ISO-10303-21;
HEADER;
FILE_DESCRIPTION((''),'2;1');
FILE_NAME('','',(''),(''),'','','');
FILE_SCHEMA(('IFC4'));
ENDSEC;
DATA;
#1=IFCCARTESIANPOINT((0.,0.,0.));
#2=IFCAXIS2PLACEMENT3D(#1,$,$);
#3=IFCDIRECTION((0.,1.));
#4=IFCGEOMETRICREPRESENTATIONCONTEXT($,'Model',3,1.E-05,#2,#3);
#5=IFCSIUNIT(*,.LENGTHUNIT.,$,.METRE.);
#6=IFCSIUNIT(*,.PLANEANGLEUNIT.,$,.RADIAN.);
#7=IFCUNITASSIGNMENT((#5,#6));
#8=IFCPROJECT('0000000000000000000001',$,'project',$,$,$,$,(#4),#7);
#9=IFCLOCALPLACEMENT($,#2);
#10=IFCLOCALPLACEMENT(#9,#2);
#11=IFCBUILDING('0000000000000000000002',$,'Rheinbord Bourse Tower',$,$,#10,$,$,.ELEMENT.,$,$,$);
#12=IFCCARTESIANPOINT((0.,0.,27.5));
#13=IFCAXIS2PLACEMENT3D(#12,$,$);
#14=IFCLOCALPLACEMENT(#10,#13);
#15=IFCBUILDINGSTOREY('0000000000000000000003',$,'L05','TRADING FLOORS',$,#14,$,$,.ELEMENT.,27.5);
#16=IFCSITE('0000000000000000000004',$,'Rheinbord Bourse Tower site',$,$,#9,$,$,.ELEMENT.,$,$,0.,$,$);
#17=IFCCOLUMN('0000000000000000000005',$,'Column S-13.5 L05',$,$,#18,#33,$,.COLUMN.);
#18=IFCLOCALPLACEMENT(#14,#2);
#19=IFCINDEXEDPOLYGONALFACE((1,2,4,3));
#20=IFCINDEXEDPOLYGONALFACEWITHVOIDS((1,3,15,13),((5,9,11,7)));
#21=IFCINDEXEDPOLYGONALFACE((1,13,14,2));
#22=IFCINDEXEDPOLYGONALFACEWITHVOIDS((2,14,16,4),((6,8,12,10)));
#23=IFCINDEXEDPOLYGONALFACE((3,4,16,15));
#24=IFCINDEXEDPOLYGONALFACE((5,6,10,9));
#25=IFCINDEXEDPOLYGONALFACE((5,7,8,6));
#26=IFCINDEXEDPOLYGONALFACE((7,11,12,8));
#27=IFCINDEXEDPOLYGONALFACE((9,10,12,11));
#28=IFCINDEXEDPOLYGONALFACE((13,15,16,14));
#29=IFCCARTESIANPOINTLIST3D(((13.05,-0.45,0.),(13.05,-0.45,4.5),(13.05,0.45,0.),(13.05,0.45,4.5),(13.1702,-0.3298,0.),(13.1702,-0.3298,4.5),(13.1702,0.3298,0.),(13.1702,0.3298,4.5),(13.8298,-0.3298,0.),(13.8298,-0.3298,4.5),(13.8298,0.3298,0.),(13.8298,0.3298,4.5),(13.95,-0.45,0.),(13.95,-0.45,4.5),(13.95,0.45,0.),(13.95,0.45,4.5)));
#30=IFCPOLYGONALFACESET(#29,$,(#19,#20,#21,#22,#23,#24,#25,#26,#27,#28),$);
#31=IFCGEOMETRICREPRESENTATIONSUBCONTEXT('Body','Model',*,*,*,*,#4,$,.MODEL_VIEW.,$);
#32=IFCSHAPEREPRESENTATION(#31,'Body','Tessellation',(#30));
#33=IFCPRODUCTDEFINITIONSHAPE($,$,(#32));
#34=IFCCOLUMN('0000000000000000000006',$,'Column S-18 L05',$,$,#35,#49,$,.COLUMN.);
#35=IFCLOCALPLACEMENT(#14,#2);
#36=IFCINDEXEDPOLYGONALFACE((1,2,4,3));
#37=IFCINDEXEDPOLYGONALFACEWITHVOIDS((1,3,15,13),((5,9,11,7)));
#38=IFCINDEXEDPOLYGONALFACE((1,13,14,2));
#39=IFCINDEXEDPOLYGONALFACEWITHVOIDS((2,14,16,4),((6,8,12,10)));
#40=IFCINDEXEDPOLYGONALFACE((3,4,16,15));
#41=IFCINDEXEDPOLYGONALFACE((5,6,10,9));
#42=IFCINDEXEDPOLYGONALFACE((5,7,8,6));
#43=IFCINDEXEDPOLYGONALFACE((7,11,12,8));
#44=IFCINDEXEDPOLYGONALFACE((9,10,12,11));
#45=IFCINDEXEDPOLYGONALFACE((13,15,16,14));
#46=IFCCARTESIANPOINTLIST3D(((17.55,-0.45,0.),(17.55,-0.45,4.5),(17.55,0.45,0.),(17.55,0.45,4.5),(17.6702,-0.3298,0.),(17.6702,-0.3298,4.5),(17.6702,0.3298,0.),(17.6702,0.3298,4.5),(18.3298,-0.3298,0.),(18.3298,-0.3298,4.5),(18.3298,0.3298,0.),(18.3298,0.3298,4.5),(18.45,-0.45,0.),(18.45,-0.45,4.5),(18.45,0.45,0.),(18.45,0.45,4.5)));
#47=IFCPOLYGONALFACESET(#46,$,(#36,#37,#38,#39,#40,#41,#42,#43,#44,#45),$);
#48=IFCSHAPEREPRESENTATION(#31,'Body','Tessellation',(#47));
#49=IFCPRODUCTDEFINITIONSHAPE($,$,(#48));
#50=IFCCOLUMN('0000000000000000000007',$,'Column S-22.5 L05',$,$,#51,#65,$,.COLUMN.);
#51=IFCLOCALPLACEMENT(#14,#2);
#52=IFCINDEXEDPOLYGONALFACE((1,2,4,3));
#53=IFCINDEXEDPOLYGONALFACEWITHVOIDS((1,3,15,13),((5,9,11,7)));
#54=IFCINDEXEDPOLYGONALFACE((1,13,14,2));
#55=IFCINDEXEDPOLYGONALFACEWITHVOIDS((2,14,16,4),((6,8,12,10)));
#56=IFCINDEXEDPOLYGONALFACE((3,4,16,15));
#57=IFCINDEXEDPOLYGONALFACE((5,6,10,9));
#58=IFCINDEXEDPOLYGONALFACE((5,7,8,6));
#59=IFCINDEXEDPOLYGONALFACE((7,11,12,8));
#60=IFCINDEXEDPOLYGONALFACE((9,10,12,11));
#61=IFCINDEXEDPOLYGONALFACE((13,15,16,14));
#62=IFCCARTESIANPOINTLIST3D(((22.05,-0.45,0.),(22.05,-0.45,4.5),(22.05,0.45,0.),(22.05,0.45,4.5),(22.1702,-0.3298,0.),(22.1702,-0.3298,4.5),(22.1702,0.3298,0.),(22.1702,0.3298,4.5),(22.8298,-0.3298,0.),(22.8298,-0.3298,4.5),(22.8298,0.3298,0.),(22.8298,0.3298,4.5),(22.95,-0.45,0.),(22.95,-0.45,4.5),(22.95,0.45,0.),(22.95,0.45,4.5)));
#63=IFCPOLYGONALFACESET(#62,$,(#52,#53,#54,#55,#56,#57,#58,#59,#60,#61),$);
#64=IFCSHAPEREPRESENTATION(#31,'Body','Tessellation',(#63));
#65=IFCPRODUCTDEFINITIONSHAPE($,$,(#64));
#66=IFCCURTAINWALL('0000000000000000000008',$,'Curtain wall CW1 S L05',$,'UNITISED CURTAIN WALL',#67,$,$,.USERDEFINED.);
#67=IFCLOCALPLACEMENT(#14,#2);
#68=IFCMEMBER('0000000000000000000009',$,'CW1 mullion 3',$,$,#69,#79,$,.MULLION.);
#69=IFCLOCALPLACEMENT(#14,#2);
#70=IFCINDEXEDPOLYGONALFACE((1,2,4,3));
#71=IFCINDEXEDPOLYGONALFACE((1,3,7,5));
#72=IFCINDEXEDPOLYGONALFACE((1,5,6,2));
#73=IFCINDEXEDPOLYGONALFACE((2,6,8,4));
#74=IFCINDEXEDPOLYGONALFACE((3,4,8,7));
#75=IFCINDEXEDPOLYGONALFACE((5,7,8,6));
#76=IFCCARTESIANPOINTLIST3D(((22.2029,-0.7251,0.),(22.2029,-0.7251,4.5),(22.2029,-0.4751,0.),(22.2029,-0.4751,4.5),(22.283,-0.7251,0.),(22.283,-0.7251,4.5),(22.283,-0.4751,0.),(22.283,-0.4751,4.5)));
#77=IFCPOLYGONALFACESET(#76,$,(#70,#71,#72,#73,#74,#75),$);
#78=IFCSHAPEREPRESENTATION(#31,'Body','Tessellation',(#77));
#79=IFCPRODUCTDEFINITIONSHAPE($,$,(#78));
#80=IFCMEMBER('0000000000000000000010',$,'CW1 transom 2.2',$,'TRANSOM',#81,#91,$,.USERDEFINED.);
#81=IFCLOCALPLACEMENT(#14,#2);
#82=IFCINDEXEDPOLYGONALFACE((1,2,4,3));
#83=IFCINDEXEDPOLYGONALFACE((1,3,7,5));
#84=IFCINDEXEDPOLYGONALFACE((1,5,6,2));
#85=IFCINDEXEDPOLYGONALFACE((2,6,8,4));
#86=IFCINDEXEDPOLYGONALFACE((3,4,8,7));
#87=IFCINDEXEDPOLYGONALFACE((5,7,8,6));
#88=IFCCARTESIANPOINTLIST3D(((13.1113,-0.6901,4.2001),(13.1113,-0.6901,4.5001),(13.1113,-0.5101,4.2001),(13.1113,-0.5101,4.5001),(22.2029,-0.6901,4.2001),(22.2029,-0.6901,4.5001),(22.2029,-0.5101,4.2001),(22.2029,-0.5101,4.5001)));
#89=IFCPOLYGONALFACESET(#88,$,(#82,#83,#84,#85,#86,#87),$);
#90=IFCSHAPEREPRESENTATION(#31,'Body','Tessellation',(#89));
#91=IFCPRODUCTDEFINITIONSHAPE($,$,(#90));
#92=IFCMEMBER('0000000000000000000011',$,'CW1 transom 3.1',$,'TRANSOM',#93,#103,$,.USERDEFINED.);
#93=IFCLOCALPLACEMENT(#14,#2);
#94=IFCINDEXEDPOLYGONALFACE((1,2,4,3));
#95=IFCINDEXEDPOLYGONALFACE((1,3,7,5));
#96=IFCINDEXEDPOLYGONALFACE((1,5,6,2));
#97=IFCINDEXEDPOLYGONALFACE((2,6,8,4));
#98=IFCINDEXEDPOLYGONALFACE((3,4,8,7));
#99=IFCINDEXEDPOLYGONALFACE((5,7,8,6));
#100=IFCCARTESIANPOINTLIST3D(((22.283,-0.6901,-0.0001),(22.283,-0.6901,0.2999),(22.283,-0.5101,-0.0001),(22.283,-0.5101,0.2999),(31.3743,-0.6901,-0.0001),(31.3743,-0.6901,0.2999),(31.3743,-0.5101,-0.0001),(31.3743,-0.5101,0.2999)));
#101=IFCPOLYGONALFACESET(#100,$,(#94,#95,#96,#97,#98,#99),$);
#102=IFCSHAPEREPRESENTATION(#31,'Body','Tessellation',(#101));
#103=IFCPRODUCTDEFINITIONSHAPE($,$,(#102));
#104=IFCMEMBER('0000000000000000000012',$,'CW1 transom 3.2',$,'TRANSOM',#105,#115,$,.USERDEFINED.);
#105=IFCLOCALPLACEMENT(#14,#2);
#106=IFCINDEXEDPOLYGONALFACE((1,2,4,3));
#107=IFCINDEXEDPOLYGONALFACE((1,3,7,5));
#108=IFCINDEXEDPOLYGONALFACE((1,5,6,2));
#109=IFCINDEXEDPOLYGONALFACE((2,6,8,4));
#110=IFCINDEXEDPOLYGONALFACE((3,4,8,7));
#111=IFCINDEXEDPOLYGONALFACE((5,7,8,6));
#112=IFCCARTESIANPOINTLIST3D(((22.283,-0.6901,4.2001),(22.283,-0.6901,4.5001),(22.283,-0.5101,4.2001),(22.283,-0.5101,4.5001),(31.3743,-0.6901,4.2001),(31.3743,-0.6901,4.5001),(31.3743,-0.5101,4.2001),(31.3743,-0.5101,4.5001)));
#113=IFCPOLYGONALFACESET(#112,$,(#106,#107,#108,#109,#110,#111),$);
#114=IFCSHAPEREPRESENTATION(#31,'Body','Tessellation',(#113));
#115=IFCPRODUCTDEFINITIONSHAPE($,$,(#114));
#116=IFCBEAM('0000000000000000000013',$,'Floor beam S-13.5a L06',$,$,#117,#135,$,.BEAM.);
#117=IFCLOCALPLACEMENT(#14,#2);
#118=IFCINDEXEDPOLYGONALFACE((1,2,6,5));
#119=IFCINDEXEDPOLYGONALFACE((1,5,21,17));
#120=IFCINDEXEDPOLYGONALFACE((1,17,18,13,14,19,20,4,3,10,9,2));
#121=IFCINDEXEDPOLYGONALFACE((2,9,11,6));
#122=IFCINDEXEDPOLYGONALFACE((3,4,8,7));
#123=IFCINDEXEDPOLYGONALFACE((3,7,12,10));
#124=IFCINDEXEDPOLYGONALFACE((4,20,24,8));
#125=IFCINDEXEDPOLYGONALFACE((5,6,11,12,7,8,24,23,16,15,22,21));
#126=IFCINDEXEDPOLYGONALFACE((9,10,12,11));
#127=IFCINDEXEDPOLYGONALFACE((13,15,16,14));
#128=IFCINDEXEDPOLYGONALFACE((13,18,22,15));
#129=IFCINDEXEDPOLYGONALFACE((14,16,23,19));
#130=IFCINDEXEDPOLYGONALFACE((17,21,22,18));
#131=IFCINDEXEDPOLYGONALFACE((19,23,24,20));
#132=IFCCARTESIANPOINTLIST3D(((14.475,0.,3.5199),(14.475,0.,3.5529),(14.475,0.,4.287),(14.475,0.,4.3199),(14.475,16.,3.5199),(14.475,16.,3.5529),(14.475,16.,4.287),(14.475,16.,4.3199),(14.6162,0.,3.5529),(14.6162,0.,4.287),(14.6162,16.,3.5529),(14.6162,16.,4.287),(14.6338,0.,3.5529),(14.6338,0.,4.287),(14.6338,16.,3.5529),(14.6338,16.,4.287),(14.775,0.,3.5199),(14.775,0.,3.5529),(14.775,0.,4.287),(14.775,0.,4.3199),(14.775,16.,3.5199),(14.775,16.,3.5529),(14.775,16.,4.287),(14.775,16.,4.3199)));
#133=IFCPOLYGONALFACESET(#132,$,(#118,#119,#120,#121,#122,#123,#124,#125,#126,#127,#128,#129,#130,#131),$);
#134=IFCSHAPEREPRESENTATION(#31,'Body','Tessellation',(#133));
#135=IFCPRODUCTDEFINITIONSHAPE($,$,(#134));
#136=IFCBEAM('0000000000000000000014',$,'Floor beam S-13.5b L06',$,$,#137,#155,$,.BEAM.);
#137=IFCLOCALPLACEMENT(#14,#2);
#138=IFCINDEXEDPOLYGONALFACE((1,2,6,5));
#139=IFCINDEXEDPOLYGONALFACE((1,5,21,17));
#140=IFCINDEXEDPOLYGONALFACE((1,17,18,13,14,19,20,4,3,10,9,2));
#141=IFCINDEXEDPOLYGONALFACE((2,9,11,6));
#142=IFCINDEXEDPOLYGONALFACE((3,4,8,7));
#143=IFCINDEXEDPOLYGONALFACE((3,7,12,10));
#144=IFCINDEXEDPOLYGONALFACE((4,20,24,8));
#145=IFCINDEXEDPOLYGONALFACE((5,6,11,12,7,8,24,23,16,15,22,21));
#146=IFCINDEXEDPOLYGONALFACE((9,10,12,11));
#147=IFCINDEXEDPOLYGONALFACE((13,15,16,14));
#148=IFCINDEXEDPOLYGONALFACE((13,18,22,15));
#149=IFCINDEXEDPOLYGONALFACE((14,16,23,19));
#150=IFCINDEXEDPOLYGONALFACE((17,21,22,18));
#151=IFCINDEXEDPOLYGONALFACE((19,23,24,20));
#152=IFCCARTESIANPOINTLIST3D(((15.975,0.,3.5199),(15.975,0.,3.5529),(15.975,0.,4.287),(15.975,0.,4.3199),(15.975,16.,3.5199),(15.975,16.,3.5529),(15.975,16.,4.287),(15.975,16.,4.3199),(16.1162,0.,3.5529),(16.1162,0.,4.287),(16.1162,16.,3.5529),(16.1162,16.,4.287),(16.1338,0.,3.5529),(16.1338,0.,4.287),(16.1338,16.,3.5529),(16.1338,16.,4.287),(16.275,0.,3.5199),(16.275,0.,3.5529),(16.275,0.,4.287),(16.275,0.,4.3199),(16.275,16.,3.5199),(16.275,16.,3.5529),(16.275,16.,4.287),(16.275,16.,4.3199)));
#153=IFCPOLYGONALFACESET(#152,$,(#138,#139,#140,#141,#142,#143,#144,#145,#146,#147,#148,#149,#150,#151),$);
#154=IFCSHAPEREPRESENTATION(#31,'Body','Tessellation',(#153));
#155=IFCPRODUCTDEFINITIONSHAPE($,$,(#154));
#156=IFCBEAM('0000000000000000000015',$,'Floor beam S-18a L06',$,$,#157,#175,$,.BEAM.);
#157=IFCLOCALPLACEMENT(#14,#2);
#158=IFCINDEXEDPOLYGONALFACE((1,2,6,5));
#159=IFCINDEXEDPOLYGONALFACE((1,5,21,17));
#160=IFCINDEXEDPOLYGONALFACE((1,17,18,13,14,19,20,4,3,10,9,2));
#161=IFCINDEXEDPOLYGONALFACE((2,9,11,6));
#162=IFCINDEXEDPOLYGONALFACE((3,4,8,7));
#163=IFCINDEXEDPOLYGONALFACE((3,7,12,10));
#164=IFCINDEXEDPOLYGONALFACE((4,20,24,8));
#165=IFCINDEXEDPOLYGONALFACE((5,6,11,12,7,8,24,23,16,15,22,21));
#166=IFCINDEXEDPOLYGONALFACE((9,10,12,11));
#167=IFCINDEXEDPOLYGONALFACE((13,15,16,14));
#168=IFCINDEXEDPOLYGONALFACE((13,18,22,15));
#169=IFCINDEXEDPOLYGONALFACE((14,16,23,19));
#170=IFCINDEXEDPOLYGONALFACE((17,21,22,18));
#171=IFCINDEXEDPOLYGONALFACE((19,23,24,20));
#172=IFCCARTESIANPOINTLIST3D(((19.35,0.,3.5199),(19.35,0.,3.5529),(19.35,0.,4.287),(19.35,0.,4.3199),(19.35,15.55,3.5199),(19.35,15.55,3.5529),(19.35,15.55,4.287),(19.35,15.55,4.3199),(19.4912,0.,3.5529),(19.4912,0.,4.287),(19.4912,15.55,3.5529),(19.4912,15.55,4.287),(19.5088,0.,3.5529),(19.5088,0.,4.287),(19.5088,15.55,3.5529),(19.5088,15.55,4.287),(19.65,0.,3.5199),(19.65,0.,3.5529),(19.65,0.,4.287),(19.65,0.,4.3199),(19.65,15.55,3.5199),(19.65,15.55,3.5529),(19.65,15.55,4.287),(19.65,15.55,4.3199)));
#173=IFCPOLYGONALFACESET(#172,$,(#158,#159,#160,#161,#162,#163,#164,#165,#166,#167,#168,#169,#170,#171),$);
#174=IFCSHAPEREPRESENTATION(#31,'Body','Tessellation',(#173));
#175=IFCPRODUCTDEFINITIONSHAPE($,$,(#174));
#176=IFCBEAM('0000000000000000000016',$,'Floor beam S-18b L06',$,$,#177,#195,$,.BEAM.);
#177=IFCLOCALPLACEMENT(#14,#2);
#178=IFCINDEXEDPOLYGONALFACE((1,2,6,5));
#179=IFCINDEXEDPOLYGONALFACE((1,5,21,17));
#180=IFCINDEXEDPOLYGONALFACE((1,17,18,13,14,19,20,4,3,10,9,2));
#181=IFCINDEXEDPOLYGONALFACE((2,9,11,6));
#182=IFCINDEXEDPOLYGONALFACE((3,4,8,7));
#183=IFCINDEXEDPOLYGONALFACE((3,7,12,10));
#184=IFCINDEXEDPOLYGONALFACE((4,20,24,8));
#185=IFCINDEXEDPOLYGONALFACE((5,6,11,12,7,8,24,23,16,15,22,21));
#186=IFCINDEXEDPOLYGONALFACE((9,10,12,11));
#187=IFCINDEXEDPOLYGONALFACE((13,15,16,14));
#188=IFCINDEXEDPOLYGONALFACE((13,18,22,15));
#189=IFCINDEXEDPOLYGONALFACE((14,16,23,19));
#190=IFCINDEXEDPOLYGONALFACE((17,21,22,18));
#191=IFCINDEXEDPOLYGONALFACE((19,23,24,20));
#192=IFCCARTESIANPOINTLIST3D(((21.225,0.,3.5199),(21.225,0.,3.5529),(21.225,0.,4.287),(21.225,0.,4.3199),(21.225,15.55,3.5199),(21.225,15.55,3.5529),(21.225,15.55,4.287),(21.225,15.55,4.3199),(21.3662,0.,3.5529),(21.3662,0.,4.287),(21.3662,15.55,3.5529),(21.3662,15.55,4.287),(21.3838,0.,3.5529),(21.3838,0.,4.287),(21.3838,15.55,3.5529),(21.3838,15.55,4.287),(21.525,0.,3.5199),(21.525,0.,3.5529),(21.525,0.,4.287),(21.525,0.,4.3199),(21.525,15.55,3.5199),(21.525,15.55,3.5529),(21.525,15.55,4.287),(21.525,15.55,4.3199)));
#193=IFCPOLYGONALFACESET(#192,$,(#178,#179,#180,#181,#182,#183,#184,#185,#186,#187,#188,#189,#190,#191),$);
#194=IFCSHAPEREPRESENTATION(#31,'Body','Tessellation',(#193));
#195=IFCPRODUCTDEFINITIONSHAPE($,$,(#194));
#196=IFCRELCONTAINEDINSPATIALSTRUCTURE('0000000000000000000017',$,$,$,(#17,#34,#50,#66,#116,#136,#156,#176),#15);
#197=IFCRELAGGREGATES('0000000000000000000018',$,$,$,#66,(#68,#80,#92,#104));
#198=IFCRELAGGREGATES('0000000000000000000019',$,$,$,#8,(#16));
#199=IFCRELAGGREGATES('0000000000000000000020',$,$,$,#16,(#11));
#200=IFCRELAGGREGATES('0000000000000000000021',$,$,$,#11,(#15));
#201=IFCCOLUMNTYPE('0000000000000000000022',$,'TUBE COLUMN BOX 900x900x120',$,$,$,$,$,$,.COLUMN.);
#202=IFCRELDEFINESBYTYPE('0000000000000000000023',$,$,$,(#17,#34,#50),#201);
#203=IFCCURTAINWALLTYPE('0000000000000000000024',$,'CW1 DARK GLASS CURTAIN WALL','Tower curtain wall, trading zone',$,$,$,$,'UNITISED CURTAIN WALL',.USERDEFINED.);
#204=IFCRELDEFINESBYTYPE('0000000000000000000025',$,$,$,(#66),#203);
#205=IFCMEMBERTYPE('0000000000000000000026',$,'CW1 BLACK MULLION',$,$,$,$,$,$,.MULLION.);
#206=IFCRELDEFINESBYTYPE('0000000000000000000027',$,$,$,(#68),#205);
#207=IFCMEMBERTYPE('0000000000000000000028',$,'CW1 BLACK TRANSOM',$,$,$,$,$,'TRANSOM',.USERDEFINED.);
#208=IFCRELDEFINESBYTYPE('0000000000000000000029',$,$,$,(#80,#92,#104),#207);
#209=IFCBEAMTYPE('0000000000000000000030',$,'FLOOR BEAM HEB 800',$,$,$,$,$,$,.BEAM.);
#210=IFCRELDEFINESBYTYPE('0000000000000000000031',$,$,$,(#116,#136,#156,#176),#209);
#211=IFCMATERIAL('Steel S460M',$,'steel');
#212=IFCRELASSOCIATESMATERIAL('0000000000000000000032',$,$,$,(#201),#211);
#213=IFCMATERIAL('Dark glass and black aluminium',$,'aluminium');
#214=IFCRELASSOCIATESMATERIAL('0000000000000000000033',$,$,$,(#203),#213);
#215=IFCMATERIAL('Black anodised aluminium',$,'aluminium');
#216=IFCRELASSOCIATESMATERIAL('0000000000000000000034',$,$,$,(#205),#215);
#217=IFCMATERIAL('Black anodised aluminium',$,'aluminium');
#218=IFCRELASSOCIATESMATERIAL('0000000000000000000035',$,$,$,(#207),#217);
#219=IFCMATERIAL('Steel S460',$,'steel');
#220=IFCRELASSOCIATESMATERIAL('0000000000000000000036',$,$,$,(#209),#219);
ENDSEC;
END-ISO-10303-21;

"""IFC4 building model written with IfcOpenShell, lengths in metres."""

from ifc_helpers import new_model, si_unit, direction, frame, origin, origin_2d, place, context, subcontext, project, spatial, rectangle, hollow_rectangle, i_section, extrude, material, material_profile, profile_set, type_object, element, aggregate, save


model = new_model("IFC4")

# Units and contexts
model_context = context("Model", 3, precision=1e-05, world=origin(), true_north=direction((0.0, 1.0)))
body_context = subcontext(model_context, "Body", "Model", "MODEL_VIEW")
ifc_project = project(units=[si_unit("LENGTHUNIT", "METRE"), si_unit("PLANEANGLEUNIT", "RADIAN")], contexts=[model_context])

# Site, building, storey
site_placement = place(None, origin())
site = spatial("IfcSite", under=ifc_project, at=site_placement, Name="Rheinbord Bourse Tower site", CompositionType="ELEMENT", RefElevation=0.0)
building_placement = place(site_placement, origin())
building = spatial("IfcBuilding", under=site, at=building_placement, Name="Rheinbord Bourse Tower", CompositionType="ELEMENT")
storey_placement = place(building_placement, frame((0.0, 0.0, 27.5)))
storey = spatial("IfcBuildingStorey", under=building, at=storey_placement, Name="L05", Description="TRADING FLOORS", CompositionType="ELEMENT", Elevation=27.5)

# Columns
ifc_material_1 = material(Name="Steel S460M", Category="steel")
ifc_material_profile_1 = material_profile(ifc_material_1, hollow_rectangle(XDim=0.8999, YDim=0.8999, WallThickness=0.1201, at=origin_2d()), Name="BOX 900x900x120")
ifc_profile_set_1 = profile_set([ifc_material_profile_1], Name="Steel S460M")
column_type = type_object("IfcColumnType", Name="TUBE COLUMN BOX 900x900x120", PredefinedType="COLUMN", material=ifc_profile_set_1)
for number, where, z_axis, x_axis, name in (
    (1, (13.5, 0.0, 0.0), (0.0, 0.0, 1.0), (0.0, 1.0, 0.0), "Column S-13.5 L05"),
    (2, (18.0, 0.0, 0.0), (0.0, 0.0, 1.0), (0.0, 1.0, 0.0), "Column S-18 L05"),
    (3, (22.5, 0.0, 0.0), (0.0, 0.0, 1.0), (0.0, 1.0, 0.0), "Column S-22.5 L05"),
):
    element("IfcColumn", number, at=place(storey_placement, frame(where, z_axis=z_axis, x_axis=x_axis)), inside=storey, type_object=column_type, Name=name, PredefinedType="COLUMN", context=body_context, shape_type="SweptSolid", body=[
        extrude(hollow_rectangle(XDim=0.8999, YDim=0.8999, WallThickness=0.1201, at=origin_2d()), origin(), (0.0, 0.0, 1.0), 4.5),
    ])

# Curtain wall, members
ifc_material_2 = material(Name="Dark glass and black aluminium", Category="aluminium")
curtain_wall_type = type_object("IfcCurtainWallType", Name="CW1 DARK GLASS CURTAIN WALL", Description="Tower curtain wall, trading zone", ElementType="UNITISED CURTAIN WALL", PredefinedType="USERDEFINED", material=ifc_material_2)
curtain_wall_placement = place(storey_placement, origin())
curtain_wall = element("IfcCurtainWall", 4, at=curtain_wall_placement, inside=storey, type_object=curtain_wall_type, Name="Curtain wall CW1 S L05", ObjectType="UNITISED CURTAIN WALL", PredefinedType="USERDEFINED")
ifc_material_3 = material(Name="Black anodised aluminium", Category="aluminium")
ifc_material_profile_2 = material_profile(ifc_material_3, rectangle(XDim=0.25, YDim=0.0801, at=origin_2d()), Name="CW1 MULLION 80x250")
ifc_profile_set_2 = profile_set([ifc_material_profile_2], Name="Black anodised aluminium")
member_type_1 = type_object("IfcMemberType", Name="CW1 BLACK MULLION", PredefinedType="MULLION", material=ifc_profile_set_2)
member_1_placement = place(storey_placement, frame((22.2429, -0.6001, 0.0), z_axis=(0.0, 0.0, 1.0), x_axis=(0.0, 1.0, 0.0)))
member_1 = element("IfcMember", 5, at=member_1_placement, type_object=member_type_1, Name="CW1 mullion 3", PredefinedType="MULLION", context=body_context, shape_type="SweptSolid", body=[
    extrude(rectangle(XDim=0.25, YDim=0.0801, at=origin_2d()), origin(), (0.0, 0.0, 1.0), 4.5),
])
ifc_material_4 = material(Name="Black anodised aluminium", Category="aluminium")
ifc_material_profile_3 = material_profile(ifc_material_4, rectangle(XDim=0.1799, YDim=0.3, at=origin_2d()), Name="CW1 TRANSOM 300x180")
ifc_profile_set_3 = profile_set([ifc_material_profile_3], Name="Black anodised aluminium")
member_type_2 = type_object("IfcMemberType", Name="CW1 BLACK TRANSOM", ElementType="TRANSOM", PredefinedType="USERDEFINED", material=ifc_profile_set_3)
member_2_placement = place(storey_placement, frame((13.1113, -0.6001, 4.3501), z_axis=(1.0, 0.0, 0.0), x_axis=(0.0, 1.0, 0.0)))
member_2 = element("IfcMember", 6, at=member_2_placement, type_object=member_type_2, Name="CW1 transom 2.2", ObjectType="TRANSOM", PredefinedType="USERDEFINED", context=body_context, shape_type="SweptSolid", body=[
    extrude(rectangle(XDim=0.1799, YDim=0.3, at=origin_2d()), origin(), (0.0, 0.0, 1.0), 9.0916),
])
member_3_placement = place(storey_placement, frame((22.283, -0.6001, 0.1499), z_axis=(1.0, 0.0, 0.0), x_axis=(0.0, 1.0, 0.0)))
member_3 = element("IfcMember", 7, at=member_3_placement, type_object=member_type_2, Name="CW1 transom 3.1", ObjectType="TRANSOM", PredefinedType="USERDEFINED", context=body_context, shape_type="SweptSolid", body=[
    extrude(rectangle(XDim=0.1799, YDim=0.3, at=origin_2d()), origin(), (0.0, 0.0, 1.0), 9.0913),
])
member_4_placement = place(storey_placement, frame((22.283, -0.6001, 4.3501), z_axis=(1.0, 0.0, 0.0), x_axis=(0.0, 1.0, 0.0)))
member_4 = element("IfcMember", 8, at=member_4_placement, type_object=member_type_2, Name="CW1 transom 3.2", ObjectType="TRANSOM", PredefinedType="USERDEFINED", context=body_context, shape_type="SweptSolid", body=[
    extrude(rectangle(XDim=0.1799, YDim=0.3, at=origin_2d()), origin(), (0.0, 0.0, 1.0), 9.0913),
])

# Beams
ifc_material_5 = material(Name="Steel S460", Category="steel")
ifc_material_profile_4 = material_profile(ifc_material_5, i_section(OverallWidth=0.3, OverallDepth=0.8, WebThickness=0.0176, FlangeThickness=0.033, at=origin_2d()), Name="HEB 800")
ifc_profile_set_4 = profile_set([ifc_material_profile_4], Name="Steel S460")
beam_type_1 = type_object("IfcBeamType", Name="FLOOR BEAM HEB 800", PredefinedType="BEAM", material=ifc_profile_set_4)
for number, where, z_axis, x_axis, name in (
    (9, (14.625, 0.0, 3.9199), (0.0, 1.0, 0.0), (-1.0, 0.0, 0.0), "Floor beam S-13.5a L06"),
    (10, (16.125, 0.0, 3.9199), (0.0, 1.0, 0.0), (-1.0, 0.0, 0.0), "Floor beam S-13.5b L06"),
):
    element("IfcBeam", number, at=place(storey_placement, frame(where, z_axis=z_axis, x_axis=x_axis)), inside=storey, type_object=beam_type_1, Name=name, PredefinedType="BEAM", context=body_context, shape_type="SweptSolid", body=[
        extrude(i_section(OverallWidth=0.3, OverallDepth=0.8, WebThickness=0.0176, FlangeThickness=0.033, at=origin_2d()), origin(), (0.0, 0.0, 1.0), 16.0),
    ])
for number, where, z_axis, x_axis, name in (
    (11, (19.5, 0.0, 3.9199), (0.0, 1.0, 0.0), (-1.0, 0.0, 0.0), "Floor beam S-18a L06"),
    (12, (21.375, 0.0, 3.9199), (0.0, 1.0, 0.0), (-1.0, 0.0, 0.0), "Floor beam S-18b L06"),
):
    element("IfcBeam", number, at=place(storey_placement, frame(where, z_axis=z_axis, x_axis=x_axis)), inside=storey, type_object=beam_type_1, Name=name, PredefinedType="BEAM", context=body_context, shape_type="SweptSolid", body=[
        extrude(i_section(OverallWidth=0.3, OverallDepth=0.8, WebThickness=0.0176, FlangeThickness=0.033, at=origin_2d()), origin(), (0.0, 0.0, 1.0), 15.55),
    ])

aggregate(curtain_wall, [member_1, member_2, member_3, member_4])

save(model, "model.ifc")
